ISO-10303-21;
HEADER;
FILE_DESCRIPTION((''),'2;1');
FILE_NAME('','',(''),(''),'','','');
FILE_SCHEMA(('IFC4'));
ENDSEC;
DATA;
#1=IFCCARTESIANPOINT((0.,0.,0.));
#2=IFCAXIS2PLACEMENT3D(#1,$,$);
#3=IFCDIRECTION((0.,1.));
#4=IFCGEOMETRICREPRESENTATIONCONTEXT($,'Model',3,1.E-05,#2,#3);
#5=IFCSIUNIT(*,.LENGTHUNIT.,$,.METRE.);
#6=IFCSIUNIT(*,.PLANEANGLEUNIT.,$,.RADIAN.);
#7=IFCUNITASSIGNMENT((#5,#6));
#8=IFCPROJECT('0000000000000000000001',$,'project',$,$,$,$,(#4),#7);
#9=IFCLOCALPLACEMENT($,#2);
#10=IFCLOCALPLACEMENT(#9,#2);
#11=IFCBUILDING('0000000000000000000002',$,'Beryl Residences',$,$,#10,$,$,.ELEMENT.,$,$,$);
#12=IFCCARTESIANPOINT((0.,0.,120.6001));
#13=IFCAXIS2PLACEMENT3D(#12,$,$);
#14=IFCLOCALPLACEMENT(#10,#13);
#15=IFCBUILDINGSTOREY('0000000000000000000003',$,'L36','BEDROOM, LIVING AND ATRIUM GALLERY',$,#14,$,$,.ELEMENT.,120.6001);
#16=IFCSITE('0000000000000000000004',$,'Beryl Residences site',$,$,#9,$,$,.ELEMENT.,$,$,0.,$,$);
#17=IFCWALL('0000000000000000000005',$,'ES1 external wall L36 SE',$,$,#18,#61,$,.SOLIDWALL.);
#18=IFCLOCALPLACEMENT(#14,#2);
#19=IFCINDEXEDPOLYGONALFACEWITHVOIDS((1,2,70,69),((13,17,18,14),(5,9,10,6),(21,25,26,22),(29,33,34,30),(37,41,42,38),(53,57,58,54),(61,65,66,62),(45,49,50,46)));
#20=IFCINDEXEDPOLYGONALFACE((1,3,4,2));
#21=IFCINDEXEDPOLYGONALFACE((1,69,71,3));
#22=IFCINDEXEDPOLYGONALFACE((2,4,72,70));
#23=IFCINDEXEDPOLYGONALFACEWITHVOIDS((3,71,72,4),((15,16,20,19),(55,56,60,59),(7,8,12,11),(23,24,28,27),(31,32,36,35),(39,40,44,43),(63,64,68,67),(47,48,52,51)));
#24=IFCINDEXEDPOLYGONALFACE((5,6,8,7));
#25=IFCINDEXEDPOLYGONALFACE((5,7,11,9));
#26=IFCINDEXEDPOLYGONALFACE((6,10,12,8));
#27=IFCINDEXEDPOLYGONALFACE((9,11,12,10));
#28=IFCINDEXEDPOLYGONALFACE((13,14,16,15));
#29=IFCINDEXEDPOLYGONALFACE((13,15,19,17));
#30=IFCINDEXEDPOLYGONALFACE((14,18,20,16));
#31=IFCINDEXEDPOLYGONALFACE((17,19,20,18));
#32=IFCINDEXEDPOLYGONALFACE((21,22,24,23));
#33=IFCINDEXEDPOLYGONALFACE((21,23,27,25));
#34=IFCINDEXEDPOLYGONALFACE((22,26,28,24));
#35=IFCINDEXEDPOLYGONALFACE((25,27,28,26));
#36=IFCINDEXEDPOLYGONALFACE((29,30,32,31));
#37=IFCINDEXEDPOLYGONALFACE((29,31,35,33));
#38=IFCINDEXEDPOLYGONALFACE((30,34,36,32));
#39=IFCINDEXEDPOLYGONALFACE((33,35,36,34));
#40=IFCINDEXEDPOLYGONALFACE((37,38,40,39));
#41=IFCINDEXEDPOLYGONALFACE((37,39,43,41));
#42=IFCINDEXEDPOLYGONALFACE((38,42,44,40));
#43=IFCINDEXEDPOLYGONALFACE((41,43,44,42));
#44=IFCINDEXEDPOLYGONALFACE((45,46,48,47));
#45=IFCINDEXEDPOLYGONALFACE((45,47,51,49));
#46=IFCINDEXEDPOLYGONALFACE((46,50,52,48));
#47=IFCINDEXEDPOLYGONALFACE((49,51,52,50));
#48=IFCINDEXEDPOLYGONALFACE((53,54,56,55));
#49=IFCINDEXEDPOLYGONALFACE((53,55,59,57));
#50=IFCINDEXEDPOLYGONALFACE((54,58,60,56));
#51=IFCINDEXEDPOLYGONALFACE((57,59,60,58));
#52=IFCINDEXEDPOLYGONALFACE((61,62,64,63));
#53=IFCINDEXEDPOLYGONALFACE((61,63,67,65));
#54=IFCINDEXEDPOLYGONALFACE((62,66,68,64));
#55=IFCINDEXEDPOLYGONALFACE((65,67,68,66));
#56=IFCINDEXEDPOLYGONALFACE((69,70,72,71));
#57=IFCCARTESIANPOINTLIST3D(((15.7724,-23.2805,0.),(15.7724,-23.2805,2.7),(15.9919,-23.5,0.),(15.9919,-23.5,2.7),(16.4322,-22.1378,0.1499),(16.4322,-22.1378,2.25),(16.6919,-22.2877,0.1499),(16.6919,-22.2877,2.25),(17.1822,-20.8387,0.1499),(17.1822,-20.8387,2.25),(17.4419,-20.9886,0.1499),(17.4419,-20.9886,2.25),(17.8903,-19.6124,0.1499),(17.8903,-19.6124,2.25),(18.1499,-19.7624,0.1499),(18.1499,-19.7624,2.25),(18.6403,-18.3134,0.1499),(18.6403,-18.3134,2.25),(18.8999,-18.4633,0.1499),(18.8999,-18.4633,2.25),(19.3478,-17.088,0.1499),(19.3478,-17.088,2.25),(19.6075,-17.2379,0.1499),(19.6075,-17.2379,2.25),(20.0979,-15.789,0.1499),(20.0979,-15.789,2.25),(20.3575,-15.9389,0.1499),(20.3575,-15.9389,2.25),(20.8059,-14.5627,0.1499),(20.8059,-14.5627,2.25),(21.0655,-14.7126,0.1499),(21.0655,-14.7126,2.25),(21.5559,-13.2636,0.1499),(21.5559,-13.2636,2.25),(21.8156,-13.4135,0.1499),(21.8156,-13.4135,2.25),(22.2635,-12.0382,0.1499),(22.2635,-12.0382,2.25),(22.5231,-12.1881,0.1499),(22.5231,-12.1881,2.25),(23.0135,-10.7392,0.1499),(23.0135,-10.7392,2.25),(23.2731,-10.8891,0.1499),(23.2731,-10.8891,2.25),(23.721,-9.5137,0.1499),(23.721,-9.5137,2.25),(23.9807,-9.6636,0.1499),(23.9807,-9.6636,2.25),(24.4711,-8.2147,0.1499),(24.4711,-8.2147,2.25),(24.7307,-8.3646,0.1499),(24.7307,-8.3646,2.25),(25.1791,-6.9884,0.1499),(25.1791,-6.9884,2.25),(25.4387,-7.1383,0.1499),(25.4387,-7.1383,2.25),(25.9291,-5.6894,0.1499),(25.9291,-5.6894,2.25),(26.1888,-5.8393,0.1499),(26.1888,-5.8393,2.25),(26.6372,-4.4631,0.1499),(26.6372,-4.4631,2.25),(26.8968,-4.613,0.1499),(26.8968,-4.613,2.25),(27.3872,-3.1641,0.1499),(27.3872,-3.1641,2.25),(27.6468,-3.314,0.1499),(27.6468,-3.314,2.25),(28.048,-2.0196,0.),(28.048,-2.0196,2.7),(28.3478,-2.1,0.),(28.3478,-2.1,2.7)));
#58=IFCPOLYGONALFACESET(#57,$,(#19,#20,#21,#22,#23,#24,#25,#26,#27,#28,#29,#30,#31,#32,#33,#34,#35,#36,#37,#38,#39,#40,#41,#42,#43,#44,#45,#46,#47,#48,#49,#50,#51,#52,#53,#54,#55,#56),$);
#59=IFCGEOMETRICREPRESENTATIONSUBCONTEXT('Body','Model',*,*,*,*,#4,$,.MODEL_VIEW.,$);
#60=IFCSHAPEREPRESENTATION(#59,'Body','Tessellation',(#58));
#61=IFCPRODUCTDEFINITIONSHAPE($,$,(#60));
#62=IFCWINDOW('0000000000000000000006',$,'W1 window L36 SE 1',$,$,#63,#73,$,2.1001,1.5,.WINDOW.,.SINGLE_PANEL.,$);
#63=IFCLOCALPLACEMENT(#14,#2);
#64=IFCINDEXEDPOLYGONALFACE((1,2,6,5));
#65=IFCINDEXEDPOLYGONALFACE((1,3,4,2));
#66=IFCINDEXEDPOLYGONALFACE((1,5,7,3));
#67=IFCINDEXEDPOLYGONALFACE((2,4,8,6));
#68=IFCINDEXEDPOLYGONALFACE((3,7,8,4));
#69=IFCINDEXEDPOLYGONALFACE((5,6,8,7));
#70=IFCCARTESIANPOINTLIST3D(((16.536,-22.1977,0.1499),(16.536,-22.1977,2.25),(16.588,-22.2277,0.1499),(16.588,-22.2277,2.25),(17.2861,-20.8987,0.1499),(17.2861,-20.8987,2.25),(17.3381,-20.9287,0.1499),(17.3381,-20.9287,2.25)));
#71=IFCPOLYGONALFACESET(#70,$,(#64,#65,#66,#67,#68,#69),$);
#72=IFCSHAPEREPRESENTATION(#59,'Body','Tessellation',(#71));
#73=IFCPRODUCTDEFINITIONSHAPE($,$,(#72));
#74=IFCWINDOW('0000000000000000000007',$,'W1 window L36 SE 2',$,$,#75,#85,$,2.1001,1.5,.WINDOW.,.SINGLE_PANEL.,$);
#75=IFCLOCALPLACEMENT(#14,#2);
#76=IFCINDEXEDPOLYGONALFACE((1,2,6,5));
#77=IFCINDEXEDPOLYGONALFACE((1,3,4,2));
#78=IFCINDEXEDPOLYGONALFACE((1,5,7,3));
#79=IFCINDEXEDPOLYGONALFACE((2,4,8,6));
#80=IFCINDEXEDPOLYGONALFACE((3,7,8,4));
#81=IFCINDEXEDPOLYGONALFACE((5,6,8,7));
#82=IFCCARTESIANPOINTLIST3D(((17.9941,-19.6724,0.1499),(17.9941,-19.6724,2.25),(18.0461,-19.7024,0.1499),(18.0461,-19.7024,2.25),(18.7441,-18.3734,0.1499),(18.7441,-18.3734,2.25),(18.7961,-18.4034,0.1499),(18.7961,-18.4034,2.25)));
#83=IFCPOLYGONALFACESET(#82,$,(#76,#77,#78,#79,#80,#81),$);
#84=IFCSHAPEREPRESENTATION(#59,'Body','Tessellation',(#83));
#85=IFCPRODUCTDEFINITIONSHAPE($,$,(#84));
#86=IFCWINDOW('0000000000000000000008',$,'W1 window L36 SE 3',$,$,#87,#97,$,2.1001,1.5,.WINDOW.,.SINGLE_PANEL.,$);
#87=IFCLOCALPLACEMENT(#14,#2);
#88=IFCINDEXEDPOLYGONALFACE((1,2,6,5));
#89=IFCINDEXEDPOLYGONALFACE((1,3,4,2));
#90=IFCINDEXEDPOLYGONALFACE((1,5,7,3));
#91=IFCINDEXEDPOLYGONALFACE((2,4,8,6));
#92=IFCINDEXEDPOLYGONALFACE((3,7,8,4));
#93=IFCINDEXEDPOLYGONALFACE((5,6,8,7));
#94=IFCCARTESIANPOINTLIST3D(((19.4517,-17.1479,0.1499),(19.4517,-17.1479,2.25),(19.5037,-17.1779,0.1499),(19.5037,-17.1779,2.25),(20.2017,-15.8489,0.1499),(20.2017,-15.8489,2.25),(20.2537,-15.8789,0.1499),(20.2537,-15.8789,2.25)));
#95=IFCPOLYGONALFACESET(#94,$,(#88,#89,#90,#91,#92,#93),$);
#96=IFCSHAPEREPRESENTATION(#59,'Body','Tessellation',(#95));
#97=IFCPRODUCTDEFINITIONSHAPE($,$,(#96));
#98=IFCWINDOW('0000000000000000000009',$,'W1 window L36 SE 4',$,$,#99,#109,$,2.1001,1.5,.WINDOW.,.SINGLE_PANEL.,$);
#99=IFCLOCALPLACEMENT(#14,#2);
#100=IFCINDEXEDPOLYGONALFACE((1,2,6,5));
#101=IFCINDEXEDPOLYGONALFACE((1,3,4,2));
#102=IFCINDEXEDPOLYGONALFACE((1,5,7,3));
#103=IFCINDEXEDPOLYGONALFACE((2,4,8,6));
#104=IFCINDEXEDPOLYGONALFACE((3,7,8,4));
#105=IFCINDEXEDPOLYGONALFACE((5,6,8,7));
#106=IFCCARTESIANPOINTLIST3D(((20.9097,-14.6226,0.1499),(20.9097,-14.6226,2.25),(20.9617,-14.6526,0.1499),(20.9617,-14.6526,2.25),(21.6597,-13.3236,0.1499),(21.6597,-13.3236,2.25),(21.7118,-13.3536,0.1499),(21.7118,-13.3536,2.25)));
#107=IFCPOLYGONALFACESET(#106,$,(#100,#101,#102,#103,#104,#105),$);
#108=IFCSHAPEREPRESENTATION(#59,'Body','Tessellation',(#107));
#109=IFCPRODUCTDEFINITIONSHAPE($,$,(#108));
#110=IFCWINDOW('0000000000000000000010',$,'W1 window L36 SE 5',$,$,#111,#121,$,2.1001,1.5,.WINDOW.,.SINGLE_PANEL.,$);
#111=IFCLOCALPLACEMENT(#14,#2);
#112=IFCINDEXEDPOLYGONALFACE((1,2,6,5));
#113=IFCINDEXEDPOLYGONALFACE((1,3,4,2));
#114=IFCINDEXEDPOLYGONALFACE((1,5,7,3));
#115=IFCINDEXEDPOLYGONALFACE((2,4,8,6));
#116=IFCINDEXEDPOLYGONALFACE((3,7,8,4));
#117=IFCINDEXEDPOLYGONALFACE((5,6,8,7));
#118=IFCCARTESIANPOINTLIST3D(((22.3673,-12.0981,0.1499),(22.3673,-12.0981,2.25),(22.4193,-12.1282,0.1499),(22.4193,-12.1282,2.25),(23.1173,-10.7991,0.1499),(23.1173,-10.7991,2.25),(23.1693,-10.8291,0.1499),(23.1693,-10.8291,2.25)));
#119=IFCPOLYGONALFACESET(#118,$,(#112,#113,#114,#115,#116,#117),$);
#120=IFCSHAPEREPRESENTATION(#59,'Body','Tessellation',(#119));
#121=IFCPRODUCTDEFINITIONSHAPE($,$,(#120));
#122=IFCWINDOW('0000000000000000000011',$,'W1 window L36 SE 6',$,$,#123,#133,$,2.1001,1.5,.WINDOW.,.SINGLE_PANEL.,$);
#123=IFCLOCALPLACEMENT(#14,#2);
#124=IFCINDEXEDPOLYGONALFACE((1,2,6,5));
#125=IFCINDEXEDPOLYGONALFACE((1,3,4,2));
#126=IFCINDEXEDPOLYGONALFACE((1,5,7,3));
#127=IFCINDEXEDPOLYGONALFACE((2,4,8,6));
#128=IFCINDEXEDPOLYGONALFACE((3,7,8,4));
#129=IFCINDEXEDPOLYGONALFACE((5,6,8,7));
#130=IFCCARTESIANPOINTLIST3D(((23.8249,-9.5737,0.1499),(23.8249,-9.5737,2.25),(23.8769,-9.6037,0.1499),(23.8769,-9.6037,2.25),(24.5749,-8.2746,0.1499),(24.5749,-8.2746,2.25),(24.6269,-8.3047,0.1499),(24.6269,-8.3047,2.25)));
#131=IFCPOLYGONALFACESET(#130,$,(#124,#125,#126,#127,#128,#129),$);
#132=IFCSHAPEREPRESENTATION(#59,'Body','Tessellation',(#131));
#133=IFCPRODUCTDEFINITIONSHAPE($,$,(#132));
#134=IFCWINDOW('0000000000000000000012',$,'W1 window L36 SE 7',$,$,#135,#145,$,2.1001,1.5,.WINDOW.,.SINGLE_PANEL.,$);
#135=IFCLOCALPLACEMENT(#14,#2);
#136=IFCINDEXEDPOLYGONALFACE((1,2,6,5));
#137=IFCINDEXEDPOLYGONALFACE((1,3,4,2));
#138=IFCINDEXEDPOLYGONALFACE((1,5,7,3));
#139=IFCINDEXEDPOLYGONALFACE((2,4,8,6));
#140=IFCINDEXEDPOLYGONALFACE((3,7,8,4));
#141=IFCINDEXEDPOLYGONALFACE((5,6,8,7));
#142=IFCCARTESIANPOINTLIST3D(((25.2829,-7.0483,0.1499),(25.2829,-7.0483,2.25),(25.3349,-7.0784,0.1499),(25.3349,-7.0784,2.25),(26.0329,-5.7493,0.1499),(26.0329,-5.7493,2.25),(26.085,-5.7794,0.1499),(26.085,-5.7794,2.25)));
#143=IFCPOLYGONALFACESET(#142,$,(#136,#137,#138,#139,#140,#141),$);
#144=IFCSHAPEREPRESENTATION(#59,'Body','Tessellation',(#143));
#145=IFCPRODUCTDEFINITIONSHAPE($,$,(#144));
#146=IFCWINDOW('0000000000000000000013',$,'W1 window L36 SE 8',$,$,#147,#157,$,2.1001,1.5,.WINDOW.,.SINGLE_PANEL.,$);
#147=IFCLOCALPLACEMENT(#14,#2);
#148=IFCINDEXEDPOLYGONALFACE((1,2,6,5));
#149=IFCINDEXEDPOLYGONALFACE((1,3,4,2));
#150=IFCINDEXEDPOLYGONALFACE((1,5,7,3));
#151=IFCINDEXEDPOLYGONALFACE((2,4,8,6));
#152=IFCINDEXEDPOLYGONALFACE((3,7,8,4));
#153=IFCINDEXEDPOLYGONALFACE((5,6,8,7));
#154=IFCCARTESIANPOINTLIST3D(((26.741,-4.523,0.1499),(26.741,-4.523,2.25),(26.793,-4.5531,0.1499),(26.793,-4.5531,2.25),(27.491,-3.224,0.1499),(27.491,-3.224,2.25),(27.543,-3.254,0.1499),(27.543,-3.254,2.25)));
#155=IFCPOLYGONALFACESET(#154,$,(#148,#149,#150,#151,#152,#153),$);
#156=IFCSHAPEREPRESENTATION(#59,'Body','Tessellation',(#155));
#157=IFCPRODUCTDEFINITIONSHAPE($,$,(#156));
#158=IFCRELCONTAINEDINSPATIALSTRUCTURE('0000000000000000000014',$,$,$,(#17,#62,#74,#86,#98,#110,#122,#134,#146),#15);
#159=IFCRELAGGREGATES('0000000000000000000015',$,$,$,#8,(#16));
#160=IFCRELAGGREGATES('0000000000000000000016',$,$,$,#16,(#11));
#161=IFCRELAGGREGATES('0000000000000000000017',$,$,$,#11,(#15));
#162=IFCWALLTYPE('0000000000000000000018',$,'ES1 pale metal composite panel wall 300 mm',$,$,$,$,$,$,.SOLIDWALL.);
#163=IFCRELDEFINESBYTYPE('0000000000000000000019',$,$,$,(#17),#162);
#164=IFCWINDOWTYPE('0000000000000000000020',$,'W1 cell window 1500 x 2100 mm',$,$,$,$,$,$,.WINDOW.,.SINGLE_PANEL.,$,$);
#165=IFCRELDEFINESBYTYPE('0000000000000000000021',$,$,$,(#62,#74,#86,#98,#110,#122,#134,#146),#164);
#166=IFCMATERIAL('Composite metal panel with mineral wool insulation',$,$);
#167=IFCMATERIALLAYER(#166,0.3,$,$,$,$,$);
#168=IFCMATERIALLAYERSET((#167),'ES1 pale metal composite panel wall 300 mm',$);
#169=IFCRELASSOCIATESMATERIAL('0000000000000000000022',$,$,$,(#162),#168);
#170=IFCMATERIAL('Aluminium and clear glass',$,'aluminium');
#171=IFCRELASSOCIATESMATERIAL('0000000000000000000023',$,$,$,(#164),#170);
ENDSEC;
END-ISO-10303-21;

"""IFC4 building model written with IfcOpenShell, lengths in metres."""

from ifc_helpers import new_model, si_unit, direction, frame, frame_2d, origin, place, context, subcontext, project, spatial, polyline, rectangle, outline, extrude, material, layer, layer_set, type_object, element, fill, save


model = new_model("IFC4")

# Units and contexts
model_context = context("Model", 3, precision=1e-05, world=origin(), true_north=direction((0.0, 1.0)))
body_context = subcontext(model_context, "Body", "Model", "MODEL_VIEW")
ifc_project = project(units=[si_unit("LENGTHUNIT", "METRE"), si_unit("PLANEANGLEUNIT", "RADIAN")], contexts=[model_context])

# Site, building, storey
site_placement = place(None, origin())
site = spatial("IfcSite", under=ifc_project, at=site_placement, Name="Beryl Residences site", CompositionType="ELEMENT", RefElevation=0.0)
building_placement = place(site_placement, origin())
building = spatial("IfcBuilding", under=site, at=building_placement, Name="Beryl Residences", CompositionType="ELEMENT")
storey_placement = place(building_placement, frame((0.0, 0.0, 120.6001)))
storey = spatial("IfcBuildingStorey", under=building, at=storey_placement, Name="L36", Description="BEDROOM, LIVING AND ATRIUM GALLERY", CompositionType="ELEMENT", Elevation=120.6001)

# Wall, openings, windows
ifc_material_1 = material(Name="Composite metal panel with mineral wool insulation")
ifc_layer_1 = layer(ifc_material_1, 0.3)
ifc_layer_set_1 = layer_set([ifc_layer_1], Name="ES1 pale metal composite panel wall 300 mm")
wall_type_1 = type_object("IfcWallType", Name="ES1 pale metal composite panel wall 300 mm", PredefinedType="SOLIDWALL", material=ifc_layer_set_1)
wall_1_placement = place(storey_placement, frame((15.8621, -23.425, 0.0), z_axis=(0.0, 0.0, 1.0), x_axis=(0.500018, 0.866015, 0.0)))
wall_1 = element("IfcWall", 1, at=wall_1_placement, inside=storey, type_object=wall_type_1, Name="ES1 external wall L36 SE", PredefinedType="SOLIDWALL", context=body_context, shape_type="SweptSolid", body=[
    extrude(outline(polyline([(0.0, -0.1499), (24.7109, -0.1499), (24.6306, 0.1499), (0.0803, 0.1499), (0.0, -0.1499)])), origin(), (0.0, 0.0, 1.0), 2.7),
])
opening_1_placement = place(wall_1_placement, frame((1.3999, 0.0, 0.1499)))
opening_1 = element("IfcOpeningElement", 2, at=opening_1_placement, cuts=wall_1, PredefinedType="OPENING", context=body_context, shape_type="SweptSolid", body=[
    extrude(rectangle(XDim=1.5, YDim=2.1001, at=frame_2d((0.75, 1.05))), frame((0.0, 0.1599, 0.0), z_axis=(0.0, -1.0, 0.0), x_axis=(1.0, 0.0, 0.0)), (0.0, 0.0, 1.0), 0.3201),
])
opening_2_placement = place(wall_1_placement, frame((4.3159, 0.0, 0.1499)))
opening_2 = element("IfcOpeningElement", 3, at=opening_2_placement, cuts=wall_1, PredefinedType="OPENING", context=body_context, shape_type="SweptSolid", body=[
    extrude(rectangle(XDim=1.5, YDim=2.1001, at=frame_2d((0.75, 1.05))), frame((0.0, 0.1599, 0.0), z_axis=(0.0, -1.0, 0.0), x_axis=(1.0, 0.0, 0.0)), (0.0, 0.0, 1.0), 0.3201),
])
opening_3_placement = place(wall_1_placement, frame((7.231, 0.0, 0.1499)))
opening_3 = element("IfcOpeningElement", 4, at=opening_3_placement, cuts=wall_1, PredefinedType="OPENING", context=body_context, shape_type="SweptSolid", body=[
    extrude(rectangle(XDim=1.5, YDim=2.1001, at=frame_2d((0.75, 1.05))), frame((0.0, 0.1599, 0.0), z_axis=(0.0, -1.0, 0.0), x_axis=(1.0, 0.0, 0.0)), (0.0, 0.0, 1.0), 0.3201),
])
opening_4_placement = place(wall_1_placement, frame((10.147, 0.0, 0.1499)))
opening_4 = element("IfcOpeningElement", 5, at=opening_4_placement, cuts=wall_1, PredefinedType="OPENING", context=body_context, shape_type="SweptSolid", body=[
    extrude(rectangle(XDim=1.5, YDim=2.1001, at=frame_2d((0.75, 1.05))), frame((0.0, 0.1599, 0.0), z_axis=(0.0, -1.0, 0.0), x_axis=(1.0, 0.0, 0.0)), (0.0, 0.0, 1.0), 0.3201),
])
opening_5_placement = place(wall_1_placement, frame((13.062, 0.0, 0.1499)))
opening_5 = element("IfcOpeningElement", 6, at=opening_5_placement, cuts=wall_1, PredefinedType="OPENING", context=body_context, shape_type="SweptSolid", body=[
    extrude(rectangle(XDim=1.5, YDim=2.1001, at=frame_2d((0.75, 1.05))), frame((0.0, 0.1599, 0.0), z_axis=(0.0, -1.0, 0.0), x_axis=(1.0, 0.0, 0.0)), (0.0, 0.0, 1.0), 0.3201),
])
opening_6_placement = place(wall_1_placement, frame((15.9771, 0.0, 0.1499)))
opening_6 = element("IfcOpeningElement", 7, at=opening_6_placement, cuts=wall_1, PredefinedType="OPENING", context=body_context, shape_type="SweptSolid", body=[
    extrude(rectangle(XDim=1.5, YDim=2.1001, at=frame_2d((0.75, 1.05))), frame((0.0, 0.1599, 0.0), z_axis=(0.0, -1.0, 0.0), x_axis=(1.0, 0.0, 0.0)), (0.0, 0.0, 1.0), 0.3201),
])
opening_7_placement = place(wall_1_placement, frame((18.8931, 0.0, 0.1499)))
opening_7 = element("IfcOpeningElement", 8, at=opening_7_placement, cuts=wall_1, PredefinedType="OPENING", context=body_context, shape_type="SweptSolid", body=[
    extrude(rectangle(XDim=1.5, YDim=2.1001, at=frame_2d((0.75, 1.05))), frame((0.0, 0.1599, 0.0), z_axis=(0.0, -1.0, 0.0), x_axis=(1.0, 0.0, 0.0)), (0.0, 0.0, 1.0), 0.3201),
])
opening_8_placement = place(wall_1_placement, frame((21.8091, 0.0, 0.1499)))
opening_8 = element("IfcOpeningElement", 9, at=opening_8_placement, cuts=wall_1, PredefinedType="OPENING", context=body_context, shape_type="SweptSolid", body=[
    extrude(rectangle(XDim=1.5, YDim=2.1001, at=frame_2d((0.75, 1.05))), frame((0.0, 0.1599, 0.0), z_axis=(0.0, -1.0, 0.0), x_axis=(1.0, 0.0, 0.0)), (0.0, 0.0, 1.0), 0.3201),
])
ifc_material_2 = material(Name="Aluminium and clear glass", Category="aluminium")
window_type = type_object("IfcWindowType", Name="W1 cell window 1500 x 2100 mm", PartitioningType="SINGLE_PANEL", PredefinedType="WINDOW", material=ifc_material_2)
window_1_placement = place(opening_1_placement, origin())
window_1 = element("IfcWindow", 10, at=window_1_placement, inside=storey, type_object=window_type, Name="W1 window L36 SE 1", OverallHeight=2.1001, OverallWidth=1.5, PartitioningType="SINGLE_PANEL", PredefinedType="WINDOW", context=body_context, shape_type="SweptSolid", body=[
    extrude(rectangle(XDim=1.5, YDim=2.1001, at=frame_2d((0.75, 1.05))), frame((0.0, 0.03, 0.0), z_axis=(0.0, -1.0, 0.0), x_axis=(1.0, 0.0, 0.0)), (0.0, 0.0, 1.0), 0.0601),
])
fill(opening_1, window_1)
window_2_placement = place(opening_2_placement, origin())
window_2 = element("IfcWindow", 11, at=window_2_placement, inside=storey, type_object=window_type, Name="W1 window L36 SE 2", OverallHeight=2.1001, OverallWidth=1.5, PartitioningType="SINGLE_PANEL", PredefinedType="WINDOW", context=body_context, shape_type="SweptSolid", body=[
    extrude(rectangle(XDim=1.5, YDim=2.1001, at=frame_2d((0.75, 1.05))), frame((0.0, 0.03, 0.0), z_axis=(0.0, -1.0, 0.0), x_axis=(1.0, 0.0, 0.0)), (0.0, 0.0, 1.0), 0.0601),
])
fill(opening_2, window_2)
window_3_placement = place(opening_3_placement, origin())
window_3 = element("IfcWindow", 12, at=window_3_placement, inside=storey, type_object=window_type, Name="W1 window L36 SE 3", OverallHeight=2.1001, OverallWidth=1.5, PartitioningType="SINGLE_PANEL", PredefinedType="WINDOW", context=body_context, shape_type="SweptSolid", body=[
    extrude(rectangle(XDim=1.5, YDim=2.1001, at=frame_2d((0.75, 1.05))), frame((0.0, 0.03, 0.0), z_axis=(0.0, -1.0, 0.0), x_axis=(1.0, 0.0, 0.0)), (0.0, 0.0, 1.0), 0.0601),
])
fill(opening_3, window_3)
window_4_placement = place(opening_4_placement, origin())
window_4 = element("IfcWindow", 13, at=window_4_placement, inside=storey, type_object=window_type, Name="W1 window L36 SE 4", OverallHeight=2.1001, OverallWidth=1.5, PartitioningType="SINGLE_PANEL", PredefinedType="WINDOW", context=body_context, shape_type="SweptSolid", body=[
    extrude(rectangle(XDim=1.5, YDim=2.1001, at=frame_2d((0.75, 1.05))), frame((0.0, 0.03, 0.0), z_axis=(0.0, -1.0, 0.0), x_axis=(1.0, 0.0, 0.0)), (0.0, 0.0, 1.0), 0.0601),
])
fill(opening_4, window_4)
window_5_placement = place(opening_5_placement, origin())
window_5 = element("IfcWindow", 14, at=window_5_placement, inside=storey, type_object=window_type, Name="W1 window L36 SE 5", OverallHeight=2.1001, OverallWidth=1.5, PartitioningType="SINGLE_PANEL", PredefinedType="WINDOW", context=body_context, shape_type="SweptSolid", body=[
    extrude(rectangle(XDim=1.5, YDim=2.1001, at=frame_2d((0.75, 1.05))), frame((0.0, 0.03, 0.0), z_axis=(0.0, -1.0, 0.0), x_axis=(1.0, 0.0, 0.0)), (0.0, 0.0, 1.0), 0.0601),
])
fill(opening_5, window_5)
window_6_placement = place(opening_6_placement, origin())
window_6 = element("IfcWindow", 15, at=window_6_placement, inside=storey, type_object=window_type, Name="W1 window L36 SE 6", OverallHeight=2.1001, OverallWidth=1.5, PartitioningType="SINGLE_PANEL", PredefinedType="WINDOW", context=body_context, shape_type="SweptSolid", body=[
    extrude(rectangle(XDim=1.5, YDim=2.1001, at=frame_2d((0.75, 1.05))), frame((0.0, 0.03, 0.0), z_axis=(0.0, -1.0, 0.0), x_axis=(1.0, 0.0, 0.0)), (0.0, 0.0, 1.0), 0.0601),
])
fill(opening_6, window_6)
window_7_placement = place(opening_7_placement, origin())
window_7 = element("IfcWindow", 16, at=window_7_placement, inside=storey, type_object=window_type, Name="W1 window L36 SE 7", OverallHeight=2.1001, OverallWidth=1.5, PartitioningType="SINGLE_PANEL", PredefinedType="WINDOW", context=body_context, shape_type="SweptSolid", body=[
    extrude(rectangle(XDim=1.5, YDim=2.1001, at=frame_2d((0.75, 1.05))), frame((0.0, 0.03, 0.0), z_axis=(0.0, -1.0, 0.0), x_axis=(1.0, 0.0, 0.0)), (0.0, 0.0, 1.0), 0.0601),
])
fill(opening_7, window_7)
window_8_placement = place(opening_8_placement, origin())
window_8 = element("IfcWindow", 17, at=window_8_placement, inside=storey, type_object=window_type, Name="W1 window L36 SE 8", OverallHeight=2.1001, OverallWidth=1.5, PartitioningType="SINGLE_PANEL", PredefinedType="WINDOW", context=body_context, shape_type="SweptSolid", body=[
    extrude(rectangle(XDim=1.5, YDim=2.1001, at=frame_2d((0.75, 1.05))), frame((0.0, 0.03, 0.0), z_axis=(0.0, -1.0, 0.0), x_axis=(1.0, 0.0, 0.0)), (0.0, 0.0, 1.0), 0.0601),
])
fill(opening_8, window_8)

save(model, "model.ifc")
